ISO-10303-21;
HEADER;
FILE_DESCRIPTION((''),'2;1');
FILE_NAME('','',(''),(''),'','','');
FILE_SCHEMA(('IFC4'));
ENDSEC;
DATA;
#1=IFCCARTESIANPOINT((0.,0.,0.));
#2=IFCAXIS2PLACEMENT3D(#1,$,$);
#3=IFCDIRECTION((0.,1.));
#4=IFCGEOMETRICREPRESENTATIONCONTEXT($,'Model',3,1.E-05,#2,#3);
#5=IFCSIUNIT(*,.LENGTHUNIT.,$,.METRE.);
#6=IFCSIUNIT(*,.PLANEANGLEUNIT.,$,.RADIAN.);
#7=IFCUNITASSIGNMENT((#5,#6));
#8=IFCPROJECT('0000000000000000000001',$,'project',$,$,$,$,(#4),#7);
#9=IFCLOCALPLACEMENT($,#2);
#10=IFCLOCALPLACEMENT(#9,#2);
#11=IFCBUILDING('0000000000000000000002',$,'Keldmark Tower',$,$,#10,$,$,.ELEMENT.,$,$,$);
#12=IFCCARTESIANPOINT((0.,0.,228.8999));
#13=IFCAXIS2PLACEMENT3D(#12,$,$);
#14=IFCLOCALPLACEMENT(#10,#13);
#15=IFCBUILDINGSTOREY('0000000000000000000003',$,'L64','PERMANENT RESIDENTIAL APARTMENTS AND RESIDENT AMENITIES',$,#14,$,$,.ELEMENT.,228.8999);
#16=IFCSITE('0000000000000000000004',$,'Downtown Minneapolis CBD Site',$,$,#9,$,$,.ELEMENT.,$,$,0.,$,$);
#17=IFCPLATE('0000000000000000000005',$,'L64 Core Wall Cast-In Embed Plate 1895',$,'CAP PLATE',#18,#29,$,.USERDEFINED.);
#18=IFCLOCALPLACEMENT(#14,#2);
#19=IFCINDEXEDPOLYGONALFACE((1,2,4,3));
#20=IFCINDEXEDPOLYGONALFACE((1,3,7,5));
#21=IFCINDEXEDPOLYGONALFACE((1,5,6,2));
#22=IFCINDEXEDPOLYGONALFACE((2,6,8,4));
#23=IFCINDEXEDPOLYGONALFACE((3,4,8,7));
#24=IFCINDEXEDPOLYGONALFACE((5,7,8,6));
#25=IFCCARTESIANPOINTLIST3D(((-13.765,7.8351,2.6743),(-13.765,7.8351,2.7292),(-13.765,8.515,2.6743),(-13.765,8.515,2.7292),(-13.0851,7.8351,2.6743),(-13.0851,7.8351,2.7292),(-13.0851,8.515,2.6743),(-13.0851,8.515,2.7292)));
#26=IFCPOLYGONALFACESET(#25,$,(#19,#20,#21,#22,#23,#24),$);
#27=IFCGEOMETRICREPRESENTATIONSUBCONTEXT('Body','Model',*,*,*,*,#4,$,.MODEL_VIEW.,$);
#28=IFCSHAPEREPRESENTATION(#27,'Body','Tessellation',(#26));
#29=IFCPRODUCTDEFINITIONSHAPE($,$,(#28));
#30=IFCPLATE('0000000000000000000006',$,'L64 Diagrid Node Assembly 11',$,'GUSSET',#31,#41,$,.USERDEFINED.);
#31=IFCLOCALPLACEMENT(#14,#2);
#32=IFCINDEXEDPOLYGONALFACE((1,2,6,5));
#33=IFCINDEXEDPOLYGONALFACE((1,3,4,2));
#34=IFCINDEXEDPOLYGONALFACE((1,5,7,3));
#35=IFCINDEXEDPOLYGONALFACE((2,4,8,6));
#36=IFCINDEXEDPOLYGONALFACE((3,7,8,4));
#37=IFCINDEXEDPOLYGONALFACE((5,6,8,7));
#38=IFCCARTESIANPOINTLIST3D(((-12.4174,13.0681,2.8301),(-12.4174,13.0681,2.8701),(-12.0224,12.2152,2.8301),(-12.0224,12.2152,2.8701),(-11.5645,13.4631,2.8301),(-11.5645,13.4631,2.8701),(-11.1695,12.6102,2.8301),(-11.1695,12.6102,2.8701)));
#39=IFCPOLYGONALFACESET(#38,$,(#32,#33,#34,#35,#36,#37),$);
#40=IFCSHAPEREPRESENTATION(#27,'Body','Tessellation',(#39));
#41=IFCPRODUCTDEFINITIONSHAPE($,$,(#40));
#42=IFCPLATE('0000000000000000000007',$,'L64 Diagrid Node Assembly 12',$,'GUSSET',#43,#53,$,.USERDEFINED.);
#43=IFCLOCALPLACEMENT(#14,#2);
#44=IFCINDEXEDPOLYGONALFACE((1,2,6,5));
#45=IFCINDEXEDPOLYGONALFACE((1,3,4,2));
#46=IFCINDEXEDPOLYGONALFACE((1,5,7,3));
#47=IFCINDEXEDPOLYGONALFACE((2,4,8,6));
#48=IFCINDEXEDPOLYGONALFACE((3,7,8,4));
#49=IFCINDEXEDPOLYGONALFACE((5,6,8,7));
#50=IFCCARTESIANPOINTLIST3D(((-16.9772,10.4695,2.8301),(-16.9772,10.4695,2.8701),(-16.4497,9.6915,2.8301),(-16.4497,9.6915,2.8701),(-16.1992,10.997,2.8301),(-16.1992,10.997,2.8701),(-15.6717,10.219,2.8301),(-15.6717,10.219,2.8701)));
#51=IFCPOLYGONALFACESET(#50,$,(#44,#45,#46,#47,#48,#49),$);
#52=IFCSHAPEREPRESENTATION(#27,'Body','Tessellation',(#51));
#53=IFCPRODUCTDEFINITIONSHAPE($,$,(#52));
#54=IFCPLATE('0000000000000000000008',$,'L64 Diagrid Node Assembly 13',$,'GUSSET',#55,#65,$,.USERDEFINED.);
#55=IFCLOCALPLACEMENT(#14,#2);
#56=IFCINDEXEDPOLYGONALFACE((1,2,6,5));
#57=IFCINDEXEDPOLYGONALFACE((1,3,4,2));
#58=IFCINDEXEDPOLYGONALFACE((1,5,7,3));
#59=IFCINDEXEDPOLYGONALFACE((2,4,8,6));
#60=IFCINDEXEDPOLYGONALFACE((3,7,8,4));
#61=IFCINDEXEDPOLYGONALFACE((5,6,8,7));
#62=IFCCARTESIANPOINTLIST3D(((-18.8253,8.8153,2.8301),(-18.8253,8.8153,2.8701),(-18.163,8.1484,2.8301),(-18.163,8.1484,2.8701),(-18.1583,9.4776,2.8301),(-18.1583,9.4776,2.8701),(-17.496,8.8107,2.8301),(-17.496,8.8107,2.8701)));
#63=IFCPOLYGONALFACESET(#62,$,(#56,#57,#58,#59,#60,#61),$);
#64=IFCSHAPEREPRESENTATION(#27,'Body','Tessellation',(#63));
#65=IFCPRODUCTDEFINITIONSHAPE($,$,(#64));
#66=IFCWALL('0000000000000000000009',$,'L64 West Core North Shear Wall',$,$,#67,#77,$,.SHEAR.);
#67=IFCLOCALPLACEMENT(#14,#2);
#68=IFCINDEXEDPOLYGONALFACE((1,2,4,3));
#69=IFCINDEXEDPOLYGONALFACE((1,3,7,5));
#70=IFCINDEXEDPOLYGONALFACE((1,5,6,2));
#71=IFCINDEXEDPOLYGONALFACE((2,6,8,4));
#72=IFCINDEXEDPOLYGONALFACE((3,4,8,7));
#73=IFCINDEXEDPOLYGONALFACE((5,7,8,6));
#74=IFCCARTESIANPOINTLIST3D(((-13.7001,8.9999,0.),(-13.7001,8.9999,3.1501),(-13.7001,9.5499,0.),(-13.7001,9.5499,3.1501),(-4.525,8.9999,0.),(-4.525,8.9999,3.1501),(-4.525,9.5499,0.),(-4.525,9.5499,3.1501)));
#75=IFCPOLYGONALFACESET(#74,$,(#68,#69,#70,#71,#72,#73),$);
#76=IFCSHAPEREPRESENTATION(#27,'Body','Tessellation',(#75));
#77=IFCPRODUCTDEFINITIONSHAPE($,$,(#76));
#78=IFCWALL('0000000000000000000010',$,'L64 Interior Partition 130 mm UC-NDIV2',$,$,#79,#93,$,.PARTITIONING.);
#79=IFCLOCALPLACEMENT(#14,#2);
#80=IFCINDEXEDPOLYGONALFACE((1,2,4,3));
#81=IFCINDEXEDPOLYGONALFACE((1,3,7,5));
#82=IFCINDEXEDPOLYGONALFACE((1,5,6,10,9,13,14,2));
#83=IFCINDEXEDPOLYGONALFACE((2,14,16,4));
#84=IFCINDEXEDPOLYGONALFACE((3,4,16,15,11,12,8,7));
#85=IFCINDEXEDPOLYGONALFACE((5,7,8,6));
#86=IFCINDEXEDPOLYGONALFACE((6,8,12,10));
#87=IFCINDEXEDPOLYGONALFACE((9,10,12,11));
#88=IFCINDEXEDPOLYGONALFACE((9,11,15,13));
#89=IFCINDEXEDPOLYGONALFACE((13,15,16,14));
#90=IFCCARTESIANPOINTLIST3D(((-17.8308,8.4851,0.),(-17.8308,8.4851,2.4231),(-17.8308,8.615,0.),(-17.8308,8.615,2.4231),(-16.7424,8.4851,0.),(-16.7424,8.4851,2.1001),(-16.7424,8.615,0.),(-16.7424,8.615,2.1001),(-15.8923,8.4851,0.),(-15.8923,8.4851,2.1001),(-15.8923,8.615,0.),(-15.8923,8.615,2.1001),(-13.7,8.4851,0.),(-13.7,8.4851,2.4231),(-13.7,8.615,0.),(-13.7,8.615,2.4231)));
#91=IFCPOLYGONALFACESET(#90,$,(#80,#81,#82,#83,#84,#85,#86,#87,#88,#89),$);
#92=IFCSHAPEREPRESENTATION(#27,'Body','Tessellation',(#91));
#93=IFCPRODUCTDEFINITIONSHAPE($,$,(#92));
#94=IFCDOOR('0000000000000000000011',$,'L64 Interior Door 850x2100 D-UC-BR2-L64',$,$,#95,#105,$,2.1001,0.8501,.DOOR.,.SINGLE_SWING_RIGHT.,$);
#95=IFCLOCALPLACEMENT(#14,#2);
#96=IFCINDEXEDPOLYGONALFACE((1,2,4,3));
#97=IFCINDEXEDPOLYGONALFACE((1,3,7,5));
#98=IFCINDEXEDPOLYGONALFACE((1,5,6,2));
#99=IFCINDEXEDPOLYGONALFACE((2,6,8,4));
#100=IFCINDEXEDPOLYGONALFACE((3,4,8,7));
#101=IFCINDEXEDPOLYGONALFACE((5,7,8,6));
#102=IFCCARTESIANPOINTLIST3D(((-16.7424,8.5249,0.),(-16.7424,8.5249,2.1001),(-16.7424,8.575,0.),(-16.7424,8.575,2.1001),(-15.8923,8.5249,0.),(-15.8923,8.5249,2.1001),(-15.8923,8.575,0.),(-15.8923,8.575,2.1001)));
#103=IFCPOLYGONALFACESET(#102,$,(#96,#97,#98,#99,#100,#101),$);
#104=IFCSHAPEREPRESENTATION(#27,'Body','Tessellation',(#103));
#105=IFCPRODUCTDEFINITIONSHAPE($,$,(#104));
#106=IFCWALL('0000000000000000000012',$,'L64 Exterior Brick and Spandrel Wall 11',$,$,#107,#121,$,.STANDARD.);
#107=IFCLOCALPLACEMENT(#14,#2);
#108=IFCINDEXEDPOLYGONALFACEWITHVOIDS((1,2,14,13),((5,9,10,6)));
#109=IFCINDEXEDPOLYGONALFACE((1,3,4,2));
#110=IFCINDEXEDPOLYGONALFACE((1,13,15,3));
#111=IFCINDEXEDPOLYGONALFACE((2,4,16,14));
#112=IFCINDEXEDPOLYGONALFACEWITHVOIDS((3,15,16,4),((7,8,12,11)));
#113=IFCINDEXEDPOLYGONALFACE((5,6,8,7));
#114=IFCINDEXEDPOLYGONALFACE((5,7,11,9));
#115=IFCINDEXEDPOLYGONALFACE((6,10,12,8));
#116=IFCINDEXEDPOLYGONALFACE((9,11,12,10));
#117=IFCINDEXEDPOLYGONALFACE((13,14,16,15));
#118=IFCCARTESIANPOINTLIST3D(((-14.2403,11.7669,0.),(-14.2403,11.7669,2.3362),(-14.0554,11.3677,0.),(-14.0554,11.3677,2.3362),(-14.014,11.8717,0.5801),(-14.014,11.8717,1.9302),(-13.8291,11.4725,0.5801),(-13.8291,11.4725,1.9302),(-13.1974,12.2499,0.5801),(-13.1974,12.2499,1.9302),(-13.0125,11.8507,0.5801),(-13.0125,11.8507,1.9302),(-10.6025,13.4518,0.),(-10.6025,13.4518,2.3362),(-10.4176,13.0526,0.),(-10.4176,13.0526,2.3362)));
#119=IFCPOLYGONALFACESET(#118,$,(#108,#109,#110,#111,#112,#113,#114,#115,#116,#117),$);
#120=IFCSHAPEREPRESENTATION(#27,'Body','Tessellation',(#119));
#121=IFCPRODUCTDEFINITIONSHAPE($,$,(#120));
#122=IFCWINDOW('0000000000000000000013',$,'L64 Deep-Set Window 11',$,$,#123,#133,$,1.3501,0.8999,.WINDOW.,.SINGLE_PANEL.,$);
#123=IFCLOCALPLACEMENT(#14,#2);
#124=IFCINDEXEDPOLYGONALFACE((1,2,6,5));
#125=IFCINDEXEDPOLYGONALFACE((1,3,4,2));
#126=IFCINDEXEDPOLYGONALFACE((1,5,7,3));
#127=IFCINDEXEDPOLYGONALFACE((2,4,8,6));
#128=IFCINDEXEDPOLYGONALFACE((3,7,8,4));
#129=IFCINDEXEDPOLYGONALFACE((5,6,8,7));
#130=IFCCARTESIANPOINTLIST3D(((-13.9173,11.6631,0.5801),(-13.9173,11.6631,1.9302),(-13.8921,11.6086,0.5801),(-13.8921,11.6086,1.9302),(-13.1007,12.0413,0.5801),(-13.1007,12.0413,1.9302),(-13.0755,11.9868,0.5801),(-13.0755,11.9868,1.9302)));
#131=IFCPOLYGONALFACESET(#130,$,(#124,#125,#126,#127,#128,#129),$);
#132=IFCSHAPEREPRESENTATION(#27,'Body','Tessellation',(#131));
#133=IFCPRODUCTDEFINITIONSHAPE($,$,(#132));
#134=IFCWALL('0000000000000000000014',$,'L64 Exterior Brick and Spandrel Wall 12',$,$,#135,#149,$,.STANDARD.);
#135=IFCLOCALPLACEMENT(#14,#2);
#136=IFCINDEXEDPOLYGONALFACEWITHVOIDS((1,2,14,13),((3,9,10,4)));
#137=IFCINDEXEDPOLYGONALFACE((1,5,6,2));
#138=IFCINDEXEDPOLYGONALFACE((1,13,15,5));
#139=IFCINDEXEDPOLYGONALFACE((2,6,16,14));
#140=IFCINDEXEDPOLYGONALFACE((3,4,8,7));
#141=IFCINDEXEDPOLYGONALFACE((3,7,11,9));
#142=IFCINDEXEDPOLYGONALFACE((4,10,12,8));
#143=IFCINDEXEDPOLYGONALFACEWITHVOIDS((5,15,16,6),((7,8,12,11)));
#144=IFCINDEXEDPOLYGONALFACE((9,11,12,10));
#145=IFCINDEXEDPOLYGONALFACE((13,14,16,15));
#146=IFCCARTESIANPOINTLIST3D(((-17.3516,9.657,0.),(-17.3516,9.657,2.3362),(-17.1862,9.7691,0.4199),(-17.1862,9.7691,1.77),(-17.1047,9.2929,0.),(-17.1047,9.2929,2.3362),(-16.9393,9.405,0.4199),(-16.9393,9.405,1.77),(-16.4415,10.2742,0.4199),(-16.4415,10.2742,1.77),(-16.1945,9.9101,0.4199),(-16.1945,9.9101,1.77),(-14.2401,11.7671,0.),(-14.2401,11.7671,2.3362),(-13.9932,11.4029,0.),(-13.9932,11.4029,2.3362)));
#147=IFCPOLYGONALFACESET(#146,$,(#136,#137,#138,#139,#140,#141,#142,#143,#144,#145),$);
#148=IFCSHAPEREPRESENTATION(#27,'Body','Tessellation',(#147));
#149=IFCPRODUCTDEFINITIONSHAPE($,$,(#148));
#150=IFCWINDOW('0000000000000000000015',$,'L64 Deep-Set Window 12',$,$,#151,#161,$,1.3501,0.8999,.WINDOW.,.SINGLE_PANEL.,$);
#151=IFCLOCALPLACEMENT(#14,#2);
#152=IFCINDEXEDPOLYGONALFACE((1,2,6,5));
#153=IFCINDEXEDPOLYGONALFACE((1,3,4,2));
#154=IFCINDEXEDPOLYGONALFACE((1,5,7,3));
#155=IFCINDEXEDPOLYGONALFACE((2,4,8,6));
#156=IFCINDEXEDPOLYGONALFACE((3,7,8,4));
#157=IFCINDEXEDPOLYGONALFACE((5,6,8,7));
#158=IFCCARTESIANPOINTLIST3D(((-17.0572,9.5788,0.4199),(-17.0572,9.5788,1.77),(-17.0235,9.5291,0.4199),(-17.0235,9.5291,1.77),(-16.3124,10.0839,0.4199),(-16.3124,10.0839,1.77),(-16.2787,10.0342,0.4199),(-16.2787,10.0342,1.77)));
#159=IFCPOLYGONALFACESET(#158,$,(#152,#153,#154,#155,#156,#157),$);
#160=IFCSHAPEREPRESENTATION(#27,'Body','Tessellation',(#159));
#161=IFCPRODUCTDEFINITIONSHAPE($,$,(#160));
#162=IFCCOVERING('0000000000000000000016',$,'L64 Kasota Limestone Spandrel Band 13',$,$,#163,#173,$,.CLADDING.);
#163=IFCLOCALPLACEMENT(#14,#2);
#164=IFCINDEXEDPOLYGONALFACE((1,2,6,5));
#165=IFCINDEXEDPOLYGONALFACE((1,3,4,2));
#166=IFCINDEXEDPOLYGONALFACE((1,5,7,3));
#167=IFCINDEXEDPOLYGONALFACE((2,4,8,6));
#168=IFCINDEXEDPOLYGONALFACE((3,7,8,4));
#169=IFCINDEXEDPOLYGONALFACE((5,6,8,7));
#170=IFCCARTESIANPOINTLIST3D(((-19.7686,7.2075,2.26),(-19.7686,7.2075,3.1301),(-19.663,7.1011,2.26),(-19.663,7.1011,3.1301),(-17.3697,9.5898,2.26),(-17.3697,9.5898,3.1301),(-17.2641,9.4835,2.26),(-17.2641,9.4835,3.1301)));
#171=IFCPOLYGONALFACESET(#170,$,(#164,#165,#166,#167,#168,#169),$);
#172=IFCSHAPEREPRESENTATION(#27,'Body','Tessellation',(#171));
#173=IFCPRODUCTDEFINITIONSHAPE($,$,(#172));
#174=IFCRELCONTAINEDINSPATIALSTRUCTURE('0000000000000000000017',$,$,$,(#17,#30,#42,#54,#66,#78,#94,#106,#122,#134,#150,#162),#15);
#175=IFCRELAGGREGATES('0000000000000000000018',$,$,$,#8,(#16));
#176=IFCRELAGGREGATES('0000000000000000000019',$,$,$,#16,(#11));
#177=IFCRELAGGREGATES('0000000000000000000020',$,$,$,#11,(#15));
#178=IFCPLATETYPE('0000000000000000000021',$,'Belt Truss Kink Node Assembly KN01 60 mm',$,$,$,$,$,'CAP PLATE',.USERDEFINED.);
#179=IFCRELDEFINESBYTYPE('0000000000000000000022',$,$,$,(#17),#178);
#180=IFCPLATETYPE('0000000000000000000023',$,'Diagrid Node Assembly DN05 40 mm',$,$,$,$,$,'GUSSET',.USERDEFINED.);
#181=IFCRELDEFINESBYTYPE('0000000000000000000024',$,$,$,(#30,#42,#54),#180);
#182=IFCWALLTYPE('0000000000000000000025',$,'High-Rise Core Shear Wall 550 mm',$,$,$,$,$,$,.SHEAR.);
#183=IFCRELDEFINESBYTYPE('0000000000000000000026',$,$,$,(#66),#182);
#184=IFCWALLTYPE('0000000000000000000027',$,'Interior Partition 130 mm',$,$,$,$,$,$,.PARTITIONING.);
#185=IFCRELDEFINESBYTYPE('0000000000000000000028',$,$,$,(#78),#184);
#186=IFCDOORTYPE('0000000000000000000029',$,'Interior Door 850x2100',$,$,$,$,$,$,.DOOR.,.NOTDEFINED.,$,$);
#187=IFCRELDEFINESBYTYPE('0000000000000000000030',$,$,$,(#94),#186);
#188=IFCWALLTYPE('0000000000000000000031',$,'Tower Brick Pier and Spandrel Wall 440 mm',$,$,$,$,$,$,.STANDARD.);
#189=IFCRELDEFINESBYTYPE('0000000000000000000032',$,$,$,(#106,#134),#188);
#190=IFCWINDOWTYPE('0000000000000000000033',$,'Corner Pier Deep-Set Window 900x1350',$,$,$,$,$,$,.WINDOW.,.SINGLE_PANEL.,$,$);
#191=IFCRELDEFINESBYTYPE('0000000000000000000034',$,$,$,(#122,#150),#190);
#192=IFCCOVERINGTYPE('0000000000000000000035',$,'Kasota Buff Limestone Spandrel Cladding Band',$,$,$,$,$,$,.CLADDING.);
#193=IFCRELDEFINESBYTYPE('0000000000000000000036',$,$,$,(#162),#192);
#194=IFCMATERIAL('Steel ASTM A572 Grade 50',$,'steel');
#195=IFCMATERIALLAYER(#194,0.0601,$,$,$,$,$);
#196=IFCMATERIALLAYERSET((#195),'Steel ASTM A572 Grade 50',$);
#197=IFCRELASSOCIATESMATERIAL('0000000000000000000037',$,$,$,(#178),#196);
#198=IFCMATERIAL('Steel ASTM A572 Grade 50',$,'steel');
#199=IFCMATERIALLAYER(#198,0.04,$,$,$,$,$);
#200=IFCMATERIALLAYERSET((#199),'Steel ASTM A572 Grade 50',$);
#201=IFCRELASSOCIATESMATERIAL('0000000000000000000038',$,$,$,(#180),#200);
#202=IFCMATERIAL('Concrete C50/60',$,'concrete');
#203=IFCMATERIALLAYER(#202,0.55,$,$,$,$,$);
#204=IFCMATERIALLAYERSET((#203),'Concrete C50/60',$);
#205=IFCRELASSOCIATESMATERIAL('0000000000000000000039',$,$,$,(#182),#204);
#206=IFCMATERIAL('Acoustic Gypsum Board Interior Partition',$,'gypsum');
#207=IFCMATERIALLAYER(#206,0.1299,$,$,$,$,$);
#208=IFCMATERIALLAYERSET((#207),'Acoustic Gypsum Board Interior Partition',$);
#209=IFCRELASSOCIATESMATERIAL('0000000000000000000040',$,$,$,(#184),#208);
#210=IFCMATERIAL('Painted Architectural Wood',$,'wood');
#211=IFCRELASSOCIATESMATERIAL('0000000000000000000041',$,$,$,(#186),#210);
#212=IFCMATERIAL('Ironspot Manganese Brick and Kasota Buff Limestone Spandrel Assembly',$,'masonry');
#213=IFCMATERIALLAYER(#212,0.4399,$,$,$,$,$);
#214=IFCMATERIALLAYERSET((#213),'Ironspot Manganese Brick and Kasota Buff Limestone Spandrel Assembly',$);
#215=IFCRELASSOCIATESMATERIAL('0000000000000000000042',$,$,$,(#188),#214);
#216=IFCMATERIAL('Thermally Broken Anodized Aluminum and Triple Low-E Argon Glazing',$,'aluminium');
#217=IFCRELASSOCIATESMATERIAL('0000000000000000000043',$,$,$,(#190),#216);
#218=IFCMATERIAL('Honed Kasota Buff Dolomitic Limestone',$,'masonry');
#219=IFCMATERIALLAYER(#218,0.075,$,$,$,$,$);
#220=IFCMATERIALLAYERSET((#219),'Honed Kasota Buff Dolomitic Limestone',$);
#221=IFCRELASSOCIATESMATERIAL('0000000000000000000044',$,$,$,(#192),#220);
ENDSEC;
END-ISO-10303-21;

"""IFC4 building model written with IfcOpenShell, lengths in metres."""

from ifc_helpers import new_model, si_unit, direction, frame, frame_2d, origin, origin_2d, place, context, subcontext, project, spatial, rectangle, extrude, material, layer, layer_set, type_object, element, fill, save


model = new_model("IFC4")

# Units and contexts
model_context = context("Model", 3, precision=1e-05, world=origin(), true_north=direction((0.0, 1.0)))
body_context = subcontext(model_context, "Body", "Model", "MODEL_VIEW")
ifc_project = project(units=[si_unit("LENGTHUNIT", "METRE"), si_unit("PLANEANGLEUNIT", "RADIAN")], contexts=[model_context])

# Site, building, storey
site_placement = place(None, origin())
site = spatial("IfcSite", under=ifc_project, at=site_placement, Name="Downtown Minneapolis CBD Site", CompositionType="ELEMENT", RefElevation=0.0)
building_placement = place(site_placement, origin())
building = spatial("IfcBuilding", under=site, at=building_placement, Name="Keldmark Tower", CompositionType="ELEMENT")
storey_placement = place(building_placement, frame((0.0, 0.0, 228.8999)))
storey = spatial("IfcBuildingStorey", under=building, at=storey_placement, Name="L64", Description="PERMANENT RESIDENTIAL APARTMENTS AND RESIDENT AMENITIES", CompositionType="ELEMENT", Elevation=228.8999)

# Plates
ifc_material_1 = material(Name="Steel ASTM A572 Grade 50", Category="steel")
ifc_layer_1 = layer(ifc_material_1, 0.0601)
ifc_layer_set_1 = layer_set([ifc_layer_1], Name="Steel ASTM A572 Grade 50")
plate_type_1 = type_object("IfcPlateType", Name="Belt Truss Kink Node Assembly KN01 60 mm", ElementType="CAP PLATE", PredefinedType="USERDEFINED", material=ifc_layer_set_1)
for number, where, z_axis, x_axis, name in (
    (1, (-13.425, 8.175, 2.6743), (0.0, 0.0, 1.0), (1.0, 0.0, 0.0), "L64 Core Wall Cast-In Embed Plate 1895"),
):
    element("IfcPlate", number, at=place(storey_placement, frame(where, z_axis=z_axis, x_axis=x_axis)), inside=storey, type_object=plate_type_1, Name=name, ObjectType="CAP PLATE", PredefinedType="USERDEFINED", context=body_context, shape_type="SweptSolid", body=[
        extrude(rectangle(XDim=0.6799, YDim=0.6799, at=origin_2d()), origin(), (0.0, 0.0, 1.0), 0.0549),
    ])
ifc_material_2 = material(Name="Steel ASTM A572 Grade 50", Category="steel")
ifc_layer_2 = layer(ifc_material_2, 0.04)
ifc_layer_set_2 = layer_set([ifc_layer_2], Name="Steel ASTM A572 Grade 50")
plate_type_2 = type_object("IfcPlateType", Name="Diagrid Node Assembly DN05 40 mm", ElementType="GUSSET", PredefinedType="USERDEFINED", material=ifc_layer_set_2)
for number, where, z_axis, x_axis, name in (
    (2, (-11.7935, 12.8391, 2.8301), (0.0, 0.0, 1.0), (-0.907411, -0.420244, 0.0), "L64 Diagrid Node Assembly 11"),
    (3, (-16.3245, 10.3442, 2.8301), (0.0, 0.0, 1.0), (-0.827669, -0.561217, 0.0), "L64 Diagrid Node Assembly 12"),
    (4, (-18.1606, 8.813, 2.8301), (0.0, 0.0, 1.0), (-0.709571, -0.704634, 0.0), "L64 Diagrid Node Assembly 13"),
):
    element("IfcPlate", number, at=place(storey_placement, frame(where, z_axis=z_axis, x_axis=x_axis)), inside=storey, type_object=plate_type_2, Name=name, ObjectType="GUSSET", PredefinedType="USERDEFINED", context=body_context, shape_type="SweptSolid", body=[
        extrude(rectangle(XDim=0.9399, YDim=0.9399, at=origin_2d()), origin(), (0.0, 0.0, 1.0), 0.04),
    ])

# Wall
ifc_material_3 = material(Name="Concrete C50/60", Category="concrete")
ifc_layer_3 = layer(ifc_material_3, 0.55)
ifc_layer_set_3 = layer_set([ifc_layer_3], Name="Concrete C50/60")
wall_type_1 = type_object("IfcWallType", Name="High-Rise Core Shear Wall 550 mm", PredefinedType="SHEAR", material=ifc_layer_set_3)
wall_1_placement = place(storey_placement, frame((-13.7, 9.2749, 0.0), z_axis=(0.0, 0.0, 1.0), x_axis=(1.0, 0.0, 0.0)))
element("IfcWall", 5, at=wall_1_placement, inside=storey, type_object=wall_type_1, Name="L64 West Core North Shear Wall", PredefinedType="SHEAR", context=body_context, shape_type="SweptSolid", body=[
    extrude(rectangle(XDim=9.175, YDim=0.55, at=frame_2d((4.5874, 0.0))), origin(), (0.0, 0.0, 1.0), 3.1501),
])

# Wall, opening, door
ifc_material_4 = material(Name="Acoustic Gypsum Board Interior Partition", Category="gypsum")
ifc_layer_4 = layer(ifc_material_4, 0.1299)
ifc_layer_set_4 = layer_set([ifc_layer_4], Name="Acoustic Gypsum Board Interior Partition")
wall_type_2 = type_object("IfcWallType", Name="Interior Partition 130 mm", PredefinedType="PARTITIONING", material=ifc_layer_set_4)
wall_2_placement = place(storey_placement, frame((-17.8308, 8.55, 0.0), z_axis=(0.0, 0.0, 1.0), x_axis=(1.0, 0.0, 0.0)))
wall_2 = element("IfcWall", 6, at=wall_2_placement, inside=storey, type_object=wall_type_2, Name="L64 Interior Partition 130 mm UC-NDIV2", PredefinedType="PARTITIONING", context=body_context, shape_type="SweptSolid", body=[
    extrude(rectangle(XDim=4.1309, YDim=0.1299, at=frame_2d((2.0654, 0.0))), origin(), (0.0, 0.0, 1.0), 2.4231),
])
opening_1_placement = place(wall_2_placement, frame((1.0884, 0.0, 0.0)))
opening_1 = element("IfcOpeningElement", 7, at=opening_1_placement, cuts=wall_2, PredefinedType="OPENING", context=body_context, shape_type="SweptSolid", body=[
    extrude(rectangle(XDim=0.8501, YDim=2.1001, at=frame_2d((0.425, 1.05))), frame((0.0, 0.075, 0.0), z_axis=(0.0, -1.0, 0.0), x_axis=(1.0, 0.0, 0.0)), (0.0, 0.0, 1.0), 0.1499),
])
ifc_material_5 = material(Name="Painted Architectural Wood", Category="wood")
door_type = type_object("IfcDoorType", Name="Interior Door 850x2100", OperationType="NOTDEFINED", PredefinedType="DOOR", material=ifc_material_5)
door_placement = place(opening_1_placement, origin())
door = element("IfcDoor", 8, at=door_placement, inside=storey, type_object=door_type, Name="L64 Interior Door 850x2100 D-UC-BR2-L64", OperationType="SINGLE_SWING_RIGHT", OverallHeight=2.1001, OverallWidth=0.8501, PredefinedType="DOOR", context=body_context, shape_type="SweptSolid", body=[
    extrude(rectangle(XDim=0.8501, YDim=2.1001, at=frame_2d((0.425, 1.05))), frame((0.0, 0.0249, 0.0), z_axis=(0.0, -1.0, 0.0), x_axis=(1.0, 0.0, 0.0)), (0.0, 0.0, 1.0), 0.05),
])
fill(opening_1, door)

# Walls, openings, windows
ifc_material_6 = material(Name="Ironspot Manganese Brick and Kasota Buff Limestone Spandrel Assembly", Category="masonry")
ifc_layer_5 = layer(ifc_material_6, 0.4399)
ifc_layer_set_5 = layer_set([ifc_layer_5], Name="Ironspot Manganese Brick and Kasota Buff Limestone Spandrel Assembly")
wall_type_3 = type_object("IfcWallType", Name="Tower Brick Pier and Spandrel Wall 440 mm", PredefinedType="STANDARD", material=ifc_layer_set_5)
wall_3_placement = place(storey_placement, frame((-14.1477, 11.5674, 0.0), z_axis=(0.0, 0.0, 1.0), x_axis=(0.907401, 0.420267, 0.0)))
wall_3 = element("IfcWall", 9, at=wall_3_placement, inside=storey, type_object=wall_type_3, Name="L64 Exterior Brick and Spandrel Wall 11", PredefinedType="STANDARD", context=body_context, shape_type="SweptSolid", body=[
    extrude(rectangle(XDim=4.009, YDim=0.4399, at=frame_2d((2.0044, 0.0))), origin(), (0.0, 0.0, 1.0), 2.3362),
])
opening_2_placement = place(wall_3_placement, frame((0.2493, 0.0, 0.5801)))
opening_2 = element("IfcOpeningElement", 10, at=opening_2_placement, cuts=wall_3, PredefinedType="OPENING", context=body_context, shape_type="SweptSolid", body=[
    extrude(rectangle(XDim=0.8999, YDim=1.3501, at=frame_2d((0.45, 0.675))), frame((0.0, 0.23, 0.0), z_axis=(0.0, -1.0, 0.0), x_axis=(1.0, 0.0, 0.0)), (0.0, 0.0, 1.0), 0.46),
])
ifc_material_7 = material(Name="Thermally Broken Anodized Aluminum and Triple Low-E Argon Glazing", Category="aluminium")
window_type = type_object("IfcWindowType", Name="Corner Pier Deep-Set Window 900x1350", PartitioningType="SINGLE_PANEL", PredefinedType="WINDOW", material=ifc_material_7)
window_1_placement = place(opening_2_placement, origin())
window_1 = element("IfcWindow", 11, at=window_1_placement, inside=storey, type_object=window_type, Name="L64 Deep-Set Window 11", OverallHeight=1.3501, OverallWidth=0.8999, PartitioningType="SINGLE_PANEL", PredefinedType="WINDOW", context=body_context, shape_type="SweptSolid", body=[
    extrude(rectangle(XDim=0.8999, YDim=1.3501, at=frame_2d((0.45, 0.675))), frame((0.0, -0.01, 0.0), z_axis=(0.0, -1.0, 0.0), x_axis=(1.0, 0.0, 0.0)), (0.0, 0.0, 1.0), 0.0601),
])
fill(opening_2, window_1)
wall_4_placement = place(storey_placement, frame((-17.2283, 9.4749, 0.0), z_axis=(0.0, 0.0, 1.0), x_axis=(0.827638, 0.561262, 0.0)))
wall_4 = element("IfcWall", 12, at=wall_4_placement, inside=storey, type_object=wall_type_3, Name="L64 Exterior Brick and Spandrel Wall 12", PredefinedType="STANDARD", context=body_context, shape_type="SweptSolid", body=[
    extrude(rectangle(XDim=3.7595, YDim=0.4399, at=frame_2d((1.8799, 0.0))), origin(), (0.0, 0.0, 1.0), 2.3362),
])
opening_3_placement = place(wall_4_placement, frame((0.2, 0.0, 0.4199)))
opening_3 = element("IfcOpeningElement", 13, at=opening_3_placement, cuts=wall_4, PredefinedType="OPENING", context=body_context, shape_type="SweptSolid", body=[
    extrude(rectangle(XDim=0.8999, YDim=1.3501, at=frame_2d((0.45, 0.675))), frame((0.0, 0.23, 0.0), z_axis=(0.0, -1.0, 0.0), x_axis=(1.0, 0.0, 0.0)), (0.0, 0.0, 1.0), 0.46),
])
window_2_placement = place(opening_3_placement, origin())
window_2 = element("IfcWindow", 14, at=window_2_placement, inside=storey, type_object=window_type, Name="L64 Deep-Set Window 12", OverallHeight=1.3501, OverallWidth=0.8999, PartitioningType="SINGLE_PANEL", PredefinedType="WINDOW", context=body_context, shape_type="SweptSolid", body=[
    extrude(rectangle(XDim=0.8999, YDim=1.3501, at=frame_2d((0.45, 0.675))), frame((0.0, -0.01, 0.0), z_axis=(0.0, -1.0, 0.0), x_axis=(1.0, 0.0, 0.0)), (0.0, 0.0, 1.0), 0.0601),
])
fill(opening_3, window_2)

# Covering
ifc_material_8 = material(Name="Honed Kasota Buff Dolomitic Limestone", Category="masonry")
ifc_layer_6 = layer(ifc_material_8, 0.075)
ifc_layer_set_6 = layer_set([ifc_layer_6], Name="Honed Kasota Buff Dolomitic Limestone")
covering_type = type_object("IfcCoveringType", Name="Kasota Buff Limestone Spandrel Cladding Band", PredefinedType="CLADDING", material=ifc_layer_set_6)
covering_placement = place(storey_placement, frame((-18.5164, 8.3455, 2.26), z_axis=(0.0, 0.0, 1.0), x_axis=(-0.709546, -0.704659, 0.0)))
element("IfcCovering", 15, at=covering_placement, inside=storey, type_object=covering_type, Name="L64 Kasota Limestone Spandrel Band 13", PredefinedType="CLADDING", context=body_context, shape_type="SweptSolid", body=[
    extrude(rectangle(XDim=3.3809, YDim=0.1499, at=origin_2d()), origin(), (0.0, 0.0, 1.0), 0.8701),
])

save(model, "model.ifc")
